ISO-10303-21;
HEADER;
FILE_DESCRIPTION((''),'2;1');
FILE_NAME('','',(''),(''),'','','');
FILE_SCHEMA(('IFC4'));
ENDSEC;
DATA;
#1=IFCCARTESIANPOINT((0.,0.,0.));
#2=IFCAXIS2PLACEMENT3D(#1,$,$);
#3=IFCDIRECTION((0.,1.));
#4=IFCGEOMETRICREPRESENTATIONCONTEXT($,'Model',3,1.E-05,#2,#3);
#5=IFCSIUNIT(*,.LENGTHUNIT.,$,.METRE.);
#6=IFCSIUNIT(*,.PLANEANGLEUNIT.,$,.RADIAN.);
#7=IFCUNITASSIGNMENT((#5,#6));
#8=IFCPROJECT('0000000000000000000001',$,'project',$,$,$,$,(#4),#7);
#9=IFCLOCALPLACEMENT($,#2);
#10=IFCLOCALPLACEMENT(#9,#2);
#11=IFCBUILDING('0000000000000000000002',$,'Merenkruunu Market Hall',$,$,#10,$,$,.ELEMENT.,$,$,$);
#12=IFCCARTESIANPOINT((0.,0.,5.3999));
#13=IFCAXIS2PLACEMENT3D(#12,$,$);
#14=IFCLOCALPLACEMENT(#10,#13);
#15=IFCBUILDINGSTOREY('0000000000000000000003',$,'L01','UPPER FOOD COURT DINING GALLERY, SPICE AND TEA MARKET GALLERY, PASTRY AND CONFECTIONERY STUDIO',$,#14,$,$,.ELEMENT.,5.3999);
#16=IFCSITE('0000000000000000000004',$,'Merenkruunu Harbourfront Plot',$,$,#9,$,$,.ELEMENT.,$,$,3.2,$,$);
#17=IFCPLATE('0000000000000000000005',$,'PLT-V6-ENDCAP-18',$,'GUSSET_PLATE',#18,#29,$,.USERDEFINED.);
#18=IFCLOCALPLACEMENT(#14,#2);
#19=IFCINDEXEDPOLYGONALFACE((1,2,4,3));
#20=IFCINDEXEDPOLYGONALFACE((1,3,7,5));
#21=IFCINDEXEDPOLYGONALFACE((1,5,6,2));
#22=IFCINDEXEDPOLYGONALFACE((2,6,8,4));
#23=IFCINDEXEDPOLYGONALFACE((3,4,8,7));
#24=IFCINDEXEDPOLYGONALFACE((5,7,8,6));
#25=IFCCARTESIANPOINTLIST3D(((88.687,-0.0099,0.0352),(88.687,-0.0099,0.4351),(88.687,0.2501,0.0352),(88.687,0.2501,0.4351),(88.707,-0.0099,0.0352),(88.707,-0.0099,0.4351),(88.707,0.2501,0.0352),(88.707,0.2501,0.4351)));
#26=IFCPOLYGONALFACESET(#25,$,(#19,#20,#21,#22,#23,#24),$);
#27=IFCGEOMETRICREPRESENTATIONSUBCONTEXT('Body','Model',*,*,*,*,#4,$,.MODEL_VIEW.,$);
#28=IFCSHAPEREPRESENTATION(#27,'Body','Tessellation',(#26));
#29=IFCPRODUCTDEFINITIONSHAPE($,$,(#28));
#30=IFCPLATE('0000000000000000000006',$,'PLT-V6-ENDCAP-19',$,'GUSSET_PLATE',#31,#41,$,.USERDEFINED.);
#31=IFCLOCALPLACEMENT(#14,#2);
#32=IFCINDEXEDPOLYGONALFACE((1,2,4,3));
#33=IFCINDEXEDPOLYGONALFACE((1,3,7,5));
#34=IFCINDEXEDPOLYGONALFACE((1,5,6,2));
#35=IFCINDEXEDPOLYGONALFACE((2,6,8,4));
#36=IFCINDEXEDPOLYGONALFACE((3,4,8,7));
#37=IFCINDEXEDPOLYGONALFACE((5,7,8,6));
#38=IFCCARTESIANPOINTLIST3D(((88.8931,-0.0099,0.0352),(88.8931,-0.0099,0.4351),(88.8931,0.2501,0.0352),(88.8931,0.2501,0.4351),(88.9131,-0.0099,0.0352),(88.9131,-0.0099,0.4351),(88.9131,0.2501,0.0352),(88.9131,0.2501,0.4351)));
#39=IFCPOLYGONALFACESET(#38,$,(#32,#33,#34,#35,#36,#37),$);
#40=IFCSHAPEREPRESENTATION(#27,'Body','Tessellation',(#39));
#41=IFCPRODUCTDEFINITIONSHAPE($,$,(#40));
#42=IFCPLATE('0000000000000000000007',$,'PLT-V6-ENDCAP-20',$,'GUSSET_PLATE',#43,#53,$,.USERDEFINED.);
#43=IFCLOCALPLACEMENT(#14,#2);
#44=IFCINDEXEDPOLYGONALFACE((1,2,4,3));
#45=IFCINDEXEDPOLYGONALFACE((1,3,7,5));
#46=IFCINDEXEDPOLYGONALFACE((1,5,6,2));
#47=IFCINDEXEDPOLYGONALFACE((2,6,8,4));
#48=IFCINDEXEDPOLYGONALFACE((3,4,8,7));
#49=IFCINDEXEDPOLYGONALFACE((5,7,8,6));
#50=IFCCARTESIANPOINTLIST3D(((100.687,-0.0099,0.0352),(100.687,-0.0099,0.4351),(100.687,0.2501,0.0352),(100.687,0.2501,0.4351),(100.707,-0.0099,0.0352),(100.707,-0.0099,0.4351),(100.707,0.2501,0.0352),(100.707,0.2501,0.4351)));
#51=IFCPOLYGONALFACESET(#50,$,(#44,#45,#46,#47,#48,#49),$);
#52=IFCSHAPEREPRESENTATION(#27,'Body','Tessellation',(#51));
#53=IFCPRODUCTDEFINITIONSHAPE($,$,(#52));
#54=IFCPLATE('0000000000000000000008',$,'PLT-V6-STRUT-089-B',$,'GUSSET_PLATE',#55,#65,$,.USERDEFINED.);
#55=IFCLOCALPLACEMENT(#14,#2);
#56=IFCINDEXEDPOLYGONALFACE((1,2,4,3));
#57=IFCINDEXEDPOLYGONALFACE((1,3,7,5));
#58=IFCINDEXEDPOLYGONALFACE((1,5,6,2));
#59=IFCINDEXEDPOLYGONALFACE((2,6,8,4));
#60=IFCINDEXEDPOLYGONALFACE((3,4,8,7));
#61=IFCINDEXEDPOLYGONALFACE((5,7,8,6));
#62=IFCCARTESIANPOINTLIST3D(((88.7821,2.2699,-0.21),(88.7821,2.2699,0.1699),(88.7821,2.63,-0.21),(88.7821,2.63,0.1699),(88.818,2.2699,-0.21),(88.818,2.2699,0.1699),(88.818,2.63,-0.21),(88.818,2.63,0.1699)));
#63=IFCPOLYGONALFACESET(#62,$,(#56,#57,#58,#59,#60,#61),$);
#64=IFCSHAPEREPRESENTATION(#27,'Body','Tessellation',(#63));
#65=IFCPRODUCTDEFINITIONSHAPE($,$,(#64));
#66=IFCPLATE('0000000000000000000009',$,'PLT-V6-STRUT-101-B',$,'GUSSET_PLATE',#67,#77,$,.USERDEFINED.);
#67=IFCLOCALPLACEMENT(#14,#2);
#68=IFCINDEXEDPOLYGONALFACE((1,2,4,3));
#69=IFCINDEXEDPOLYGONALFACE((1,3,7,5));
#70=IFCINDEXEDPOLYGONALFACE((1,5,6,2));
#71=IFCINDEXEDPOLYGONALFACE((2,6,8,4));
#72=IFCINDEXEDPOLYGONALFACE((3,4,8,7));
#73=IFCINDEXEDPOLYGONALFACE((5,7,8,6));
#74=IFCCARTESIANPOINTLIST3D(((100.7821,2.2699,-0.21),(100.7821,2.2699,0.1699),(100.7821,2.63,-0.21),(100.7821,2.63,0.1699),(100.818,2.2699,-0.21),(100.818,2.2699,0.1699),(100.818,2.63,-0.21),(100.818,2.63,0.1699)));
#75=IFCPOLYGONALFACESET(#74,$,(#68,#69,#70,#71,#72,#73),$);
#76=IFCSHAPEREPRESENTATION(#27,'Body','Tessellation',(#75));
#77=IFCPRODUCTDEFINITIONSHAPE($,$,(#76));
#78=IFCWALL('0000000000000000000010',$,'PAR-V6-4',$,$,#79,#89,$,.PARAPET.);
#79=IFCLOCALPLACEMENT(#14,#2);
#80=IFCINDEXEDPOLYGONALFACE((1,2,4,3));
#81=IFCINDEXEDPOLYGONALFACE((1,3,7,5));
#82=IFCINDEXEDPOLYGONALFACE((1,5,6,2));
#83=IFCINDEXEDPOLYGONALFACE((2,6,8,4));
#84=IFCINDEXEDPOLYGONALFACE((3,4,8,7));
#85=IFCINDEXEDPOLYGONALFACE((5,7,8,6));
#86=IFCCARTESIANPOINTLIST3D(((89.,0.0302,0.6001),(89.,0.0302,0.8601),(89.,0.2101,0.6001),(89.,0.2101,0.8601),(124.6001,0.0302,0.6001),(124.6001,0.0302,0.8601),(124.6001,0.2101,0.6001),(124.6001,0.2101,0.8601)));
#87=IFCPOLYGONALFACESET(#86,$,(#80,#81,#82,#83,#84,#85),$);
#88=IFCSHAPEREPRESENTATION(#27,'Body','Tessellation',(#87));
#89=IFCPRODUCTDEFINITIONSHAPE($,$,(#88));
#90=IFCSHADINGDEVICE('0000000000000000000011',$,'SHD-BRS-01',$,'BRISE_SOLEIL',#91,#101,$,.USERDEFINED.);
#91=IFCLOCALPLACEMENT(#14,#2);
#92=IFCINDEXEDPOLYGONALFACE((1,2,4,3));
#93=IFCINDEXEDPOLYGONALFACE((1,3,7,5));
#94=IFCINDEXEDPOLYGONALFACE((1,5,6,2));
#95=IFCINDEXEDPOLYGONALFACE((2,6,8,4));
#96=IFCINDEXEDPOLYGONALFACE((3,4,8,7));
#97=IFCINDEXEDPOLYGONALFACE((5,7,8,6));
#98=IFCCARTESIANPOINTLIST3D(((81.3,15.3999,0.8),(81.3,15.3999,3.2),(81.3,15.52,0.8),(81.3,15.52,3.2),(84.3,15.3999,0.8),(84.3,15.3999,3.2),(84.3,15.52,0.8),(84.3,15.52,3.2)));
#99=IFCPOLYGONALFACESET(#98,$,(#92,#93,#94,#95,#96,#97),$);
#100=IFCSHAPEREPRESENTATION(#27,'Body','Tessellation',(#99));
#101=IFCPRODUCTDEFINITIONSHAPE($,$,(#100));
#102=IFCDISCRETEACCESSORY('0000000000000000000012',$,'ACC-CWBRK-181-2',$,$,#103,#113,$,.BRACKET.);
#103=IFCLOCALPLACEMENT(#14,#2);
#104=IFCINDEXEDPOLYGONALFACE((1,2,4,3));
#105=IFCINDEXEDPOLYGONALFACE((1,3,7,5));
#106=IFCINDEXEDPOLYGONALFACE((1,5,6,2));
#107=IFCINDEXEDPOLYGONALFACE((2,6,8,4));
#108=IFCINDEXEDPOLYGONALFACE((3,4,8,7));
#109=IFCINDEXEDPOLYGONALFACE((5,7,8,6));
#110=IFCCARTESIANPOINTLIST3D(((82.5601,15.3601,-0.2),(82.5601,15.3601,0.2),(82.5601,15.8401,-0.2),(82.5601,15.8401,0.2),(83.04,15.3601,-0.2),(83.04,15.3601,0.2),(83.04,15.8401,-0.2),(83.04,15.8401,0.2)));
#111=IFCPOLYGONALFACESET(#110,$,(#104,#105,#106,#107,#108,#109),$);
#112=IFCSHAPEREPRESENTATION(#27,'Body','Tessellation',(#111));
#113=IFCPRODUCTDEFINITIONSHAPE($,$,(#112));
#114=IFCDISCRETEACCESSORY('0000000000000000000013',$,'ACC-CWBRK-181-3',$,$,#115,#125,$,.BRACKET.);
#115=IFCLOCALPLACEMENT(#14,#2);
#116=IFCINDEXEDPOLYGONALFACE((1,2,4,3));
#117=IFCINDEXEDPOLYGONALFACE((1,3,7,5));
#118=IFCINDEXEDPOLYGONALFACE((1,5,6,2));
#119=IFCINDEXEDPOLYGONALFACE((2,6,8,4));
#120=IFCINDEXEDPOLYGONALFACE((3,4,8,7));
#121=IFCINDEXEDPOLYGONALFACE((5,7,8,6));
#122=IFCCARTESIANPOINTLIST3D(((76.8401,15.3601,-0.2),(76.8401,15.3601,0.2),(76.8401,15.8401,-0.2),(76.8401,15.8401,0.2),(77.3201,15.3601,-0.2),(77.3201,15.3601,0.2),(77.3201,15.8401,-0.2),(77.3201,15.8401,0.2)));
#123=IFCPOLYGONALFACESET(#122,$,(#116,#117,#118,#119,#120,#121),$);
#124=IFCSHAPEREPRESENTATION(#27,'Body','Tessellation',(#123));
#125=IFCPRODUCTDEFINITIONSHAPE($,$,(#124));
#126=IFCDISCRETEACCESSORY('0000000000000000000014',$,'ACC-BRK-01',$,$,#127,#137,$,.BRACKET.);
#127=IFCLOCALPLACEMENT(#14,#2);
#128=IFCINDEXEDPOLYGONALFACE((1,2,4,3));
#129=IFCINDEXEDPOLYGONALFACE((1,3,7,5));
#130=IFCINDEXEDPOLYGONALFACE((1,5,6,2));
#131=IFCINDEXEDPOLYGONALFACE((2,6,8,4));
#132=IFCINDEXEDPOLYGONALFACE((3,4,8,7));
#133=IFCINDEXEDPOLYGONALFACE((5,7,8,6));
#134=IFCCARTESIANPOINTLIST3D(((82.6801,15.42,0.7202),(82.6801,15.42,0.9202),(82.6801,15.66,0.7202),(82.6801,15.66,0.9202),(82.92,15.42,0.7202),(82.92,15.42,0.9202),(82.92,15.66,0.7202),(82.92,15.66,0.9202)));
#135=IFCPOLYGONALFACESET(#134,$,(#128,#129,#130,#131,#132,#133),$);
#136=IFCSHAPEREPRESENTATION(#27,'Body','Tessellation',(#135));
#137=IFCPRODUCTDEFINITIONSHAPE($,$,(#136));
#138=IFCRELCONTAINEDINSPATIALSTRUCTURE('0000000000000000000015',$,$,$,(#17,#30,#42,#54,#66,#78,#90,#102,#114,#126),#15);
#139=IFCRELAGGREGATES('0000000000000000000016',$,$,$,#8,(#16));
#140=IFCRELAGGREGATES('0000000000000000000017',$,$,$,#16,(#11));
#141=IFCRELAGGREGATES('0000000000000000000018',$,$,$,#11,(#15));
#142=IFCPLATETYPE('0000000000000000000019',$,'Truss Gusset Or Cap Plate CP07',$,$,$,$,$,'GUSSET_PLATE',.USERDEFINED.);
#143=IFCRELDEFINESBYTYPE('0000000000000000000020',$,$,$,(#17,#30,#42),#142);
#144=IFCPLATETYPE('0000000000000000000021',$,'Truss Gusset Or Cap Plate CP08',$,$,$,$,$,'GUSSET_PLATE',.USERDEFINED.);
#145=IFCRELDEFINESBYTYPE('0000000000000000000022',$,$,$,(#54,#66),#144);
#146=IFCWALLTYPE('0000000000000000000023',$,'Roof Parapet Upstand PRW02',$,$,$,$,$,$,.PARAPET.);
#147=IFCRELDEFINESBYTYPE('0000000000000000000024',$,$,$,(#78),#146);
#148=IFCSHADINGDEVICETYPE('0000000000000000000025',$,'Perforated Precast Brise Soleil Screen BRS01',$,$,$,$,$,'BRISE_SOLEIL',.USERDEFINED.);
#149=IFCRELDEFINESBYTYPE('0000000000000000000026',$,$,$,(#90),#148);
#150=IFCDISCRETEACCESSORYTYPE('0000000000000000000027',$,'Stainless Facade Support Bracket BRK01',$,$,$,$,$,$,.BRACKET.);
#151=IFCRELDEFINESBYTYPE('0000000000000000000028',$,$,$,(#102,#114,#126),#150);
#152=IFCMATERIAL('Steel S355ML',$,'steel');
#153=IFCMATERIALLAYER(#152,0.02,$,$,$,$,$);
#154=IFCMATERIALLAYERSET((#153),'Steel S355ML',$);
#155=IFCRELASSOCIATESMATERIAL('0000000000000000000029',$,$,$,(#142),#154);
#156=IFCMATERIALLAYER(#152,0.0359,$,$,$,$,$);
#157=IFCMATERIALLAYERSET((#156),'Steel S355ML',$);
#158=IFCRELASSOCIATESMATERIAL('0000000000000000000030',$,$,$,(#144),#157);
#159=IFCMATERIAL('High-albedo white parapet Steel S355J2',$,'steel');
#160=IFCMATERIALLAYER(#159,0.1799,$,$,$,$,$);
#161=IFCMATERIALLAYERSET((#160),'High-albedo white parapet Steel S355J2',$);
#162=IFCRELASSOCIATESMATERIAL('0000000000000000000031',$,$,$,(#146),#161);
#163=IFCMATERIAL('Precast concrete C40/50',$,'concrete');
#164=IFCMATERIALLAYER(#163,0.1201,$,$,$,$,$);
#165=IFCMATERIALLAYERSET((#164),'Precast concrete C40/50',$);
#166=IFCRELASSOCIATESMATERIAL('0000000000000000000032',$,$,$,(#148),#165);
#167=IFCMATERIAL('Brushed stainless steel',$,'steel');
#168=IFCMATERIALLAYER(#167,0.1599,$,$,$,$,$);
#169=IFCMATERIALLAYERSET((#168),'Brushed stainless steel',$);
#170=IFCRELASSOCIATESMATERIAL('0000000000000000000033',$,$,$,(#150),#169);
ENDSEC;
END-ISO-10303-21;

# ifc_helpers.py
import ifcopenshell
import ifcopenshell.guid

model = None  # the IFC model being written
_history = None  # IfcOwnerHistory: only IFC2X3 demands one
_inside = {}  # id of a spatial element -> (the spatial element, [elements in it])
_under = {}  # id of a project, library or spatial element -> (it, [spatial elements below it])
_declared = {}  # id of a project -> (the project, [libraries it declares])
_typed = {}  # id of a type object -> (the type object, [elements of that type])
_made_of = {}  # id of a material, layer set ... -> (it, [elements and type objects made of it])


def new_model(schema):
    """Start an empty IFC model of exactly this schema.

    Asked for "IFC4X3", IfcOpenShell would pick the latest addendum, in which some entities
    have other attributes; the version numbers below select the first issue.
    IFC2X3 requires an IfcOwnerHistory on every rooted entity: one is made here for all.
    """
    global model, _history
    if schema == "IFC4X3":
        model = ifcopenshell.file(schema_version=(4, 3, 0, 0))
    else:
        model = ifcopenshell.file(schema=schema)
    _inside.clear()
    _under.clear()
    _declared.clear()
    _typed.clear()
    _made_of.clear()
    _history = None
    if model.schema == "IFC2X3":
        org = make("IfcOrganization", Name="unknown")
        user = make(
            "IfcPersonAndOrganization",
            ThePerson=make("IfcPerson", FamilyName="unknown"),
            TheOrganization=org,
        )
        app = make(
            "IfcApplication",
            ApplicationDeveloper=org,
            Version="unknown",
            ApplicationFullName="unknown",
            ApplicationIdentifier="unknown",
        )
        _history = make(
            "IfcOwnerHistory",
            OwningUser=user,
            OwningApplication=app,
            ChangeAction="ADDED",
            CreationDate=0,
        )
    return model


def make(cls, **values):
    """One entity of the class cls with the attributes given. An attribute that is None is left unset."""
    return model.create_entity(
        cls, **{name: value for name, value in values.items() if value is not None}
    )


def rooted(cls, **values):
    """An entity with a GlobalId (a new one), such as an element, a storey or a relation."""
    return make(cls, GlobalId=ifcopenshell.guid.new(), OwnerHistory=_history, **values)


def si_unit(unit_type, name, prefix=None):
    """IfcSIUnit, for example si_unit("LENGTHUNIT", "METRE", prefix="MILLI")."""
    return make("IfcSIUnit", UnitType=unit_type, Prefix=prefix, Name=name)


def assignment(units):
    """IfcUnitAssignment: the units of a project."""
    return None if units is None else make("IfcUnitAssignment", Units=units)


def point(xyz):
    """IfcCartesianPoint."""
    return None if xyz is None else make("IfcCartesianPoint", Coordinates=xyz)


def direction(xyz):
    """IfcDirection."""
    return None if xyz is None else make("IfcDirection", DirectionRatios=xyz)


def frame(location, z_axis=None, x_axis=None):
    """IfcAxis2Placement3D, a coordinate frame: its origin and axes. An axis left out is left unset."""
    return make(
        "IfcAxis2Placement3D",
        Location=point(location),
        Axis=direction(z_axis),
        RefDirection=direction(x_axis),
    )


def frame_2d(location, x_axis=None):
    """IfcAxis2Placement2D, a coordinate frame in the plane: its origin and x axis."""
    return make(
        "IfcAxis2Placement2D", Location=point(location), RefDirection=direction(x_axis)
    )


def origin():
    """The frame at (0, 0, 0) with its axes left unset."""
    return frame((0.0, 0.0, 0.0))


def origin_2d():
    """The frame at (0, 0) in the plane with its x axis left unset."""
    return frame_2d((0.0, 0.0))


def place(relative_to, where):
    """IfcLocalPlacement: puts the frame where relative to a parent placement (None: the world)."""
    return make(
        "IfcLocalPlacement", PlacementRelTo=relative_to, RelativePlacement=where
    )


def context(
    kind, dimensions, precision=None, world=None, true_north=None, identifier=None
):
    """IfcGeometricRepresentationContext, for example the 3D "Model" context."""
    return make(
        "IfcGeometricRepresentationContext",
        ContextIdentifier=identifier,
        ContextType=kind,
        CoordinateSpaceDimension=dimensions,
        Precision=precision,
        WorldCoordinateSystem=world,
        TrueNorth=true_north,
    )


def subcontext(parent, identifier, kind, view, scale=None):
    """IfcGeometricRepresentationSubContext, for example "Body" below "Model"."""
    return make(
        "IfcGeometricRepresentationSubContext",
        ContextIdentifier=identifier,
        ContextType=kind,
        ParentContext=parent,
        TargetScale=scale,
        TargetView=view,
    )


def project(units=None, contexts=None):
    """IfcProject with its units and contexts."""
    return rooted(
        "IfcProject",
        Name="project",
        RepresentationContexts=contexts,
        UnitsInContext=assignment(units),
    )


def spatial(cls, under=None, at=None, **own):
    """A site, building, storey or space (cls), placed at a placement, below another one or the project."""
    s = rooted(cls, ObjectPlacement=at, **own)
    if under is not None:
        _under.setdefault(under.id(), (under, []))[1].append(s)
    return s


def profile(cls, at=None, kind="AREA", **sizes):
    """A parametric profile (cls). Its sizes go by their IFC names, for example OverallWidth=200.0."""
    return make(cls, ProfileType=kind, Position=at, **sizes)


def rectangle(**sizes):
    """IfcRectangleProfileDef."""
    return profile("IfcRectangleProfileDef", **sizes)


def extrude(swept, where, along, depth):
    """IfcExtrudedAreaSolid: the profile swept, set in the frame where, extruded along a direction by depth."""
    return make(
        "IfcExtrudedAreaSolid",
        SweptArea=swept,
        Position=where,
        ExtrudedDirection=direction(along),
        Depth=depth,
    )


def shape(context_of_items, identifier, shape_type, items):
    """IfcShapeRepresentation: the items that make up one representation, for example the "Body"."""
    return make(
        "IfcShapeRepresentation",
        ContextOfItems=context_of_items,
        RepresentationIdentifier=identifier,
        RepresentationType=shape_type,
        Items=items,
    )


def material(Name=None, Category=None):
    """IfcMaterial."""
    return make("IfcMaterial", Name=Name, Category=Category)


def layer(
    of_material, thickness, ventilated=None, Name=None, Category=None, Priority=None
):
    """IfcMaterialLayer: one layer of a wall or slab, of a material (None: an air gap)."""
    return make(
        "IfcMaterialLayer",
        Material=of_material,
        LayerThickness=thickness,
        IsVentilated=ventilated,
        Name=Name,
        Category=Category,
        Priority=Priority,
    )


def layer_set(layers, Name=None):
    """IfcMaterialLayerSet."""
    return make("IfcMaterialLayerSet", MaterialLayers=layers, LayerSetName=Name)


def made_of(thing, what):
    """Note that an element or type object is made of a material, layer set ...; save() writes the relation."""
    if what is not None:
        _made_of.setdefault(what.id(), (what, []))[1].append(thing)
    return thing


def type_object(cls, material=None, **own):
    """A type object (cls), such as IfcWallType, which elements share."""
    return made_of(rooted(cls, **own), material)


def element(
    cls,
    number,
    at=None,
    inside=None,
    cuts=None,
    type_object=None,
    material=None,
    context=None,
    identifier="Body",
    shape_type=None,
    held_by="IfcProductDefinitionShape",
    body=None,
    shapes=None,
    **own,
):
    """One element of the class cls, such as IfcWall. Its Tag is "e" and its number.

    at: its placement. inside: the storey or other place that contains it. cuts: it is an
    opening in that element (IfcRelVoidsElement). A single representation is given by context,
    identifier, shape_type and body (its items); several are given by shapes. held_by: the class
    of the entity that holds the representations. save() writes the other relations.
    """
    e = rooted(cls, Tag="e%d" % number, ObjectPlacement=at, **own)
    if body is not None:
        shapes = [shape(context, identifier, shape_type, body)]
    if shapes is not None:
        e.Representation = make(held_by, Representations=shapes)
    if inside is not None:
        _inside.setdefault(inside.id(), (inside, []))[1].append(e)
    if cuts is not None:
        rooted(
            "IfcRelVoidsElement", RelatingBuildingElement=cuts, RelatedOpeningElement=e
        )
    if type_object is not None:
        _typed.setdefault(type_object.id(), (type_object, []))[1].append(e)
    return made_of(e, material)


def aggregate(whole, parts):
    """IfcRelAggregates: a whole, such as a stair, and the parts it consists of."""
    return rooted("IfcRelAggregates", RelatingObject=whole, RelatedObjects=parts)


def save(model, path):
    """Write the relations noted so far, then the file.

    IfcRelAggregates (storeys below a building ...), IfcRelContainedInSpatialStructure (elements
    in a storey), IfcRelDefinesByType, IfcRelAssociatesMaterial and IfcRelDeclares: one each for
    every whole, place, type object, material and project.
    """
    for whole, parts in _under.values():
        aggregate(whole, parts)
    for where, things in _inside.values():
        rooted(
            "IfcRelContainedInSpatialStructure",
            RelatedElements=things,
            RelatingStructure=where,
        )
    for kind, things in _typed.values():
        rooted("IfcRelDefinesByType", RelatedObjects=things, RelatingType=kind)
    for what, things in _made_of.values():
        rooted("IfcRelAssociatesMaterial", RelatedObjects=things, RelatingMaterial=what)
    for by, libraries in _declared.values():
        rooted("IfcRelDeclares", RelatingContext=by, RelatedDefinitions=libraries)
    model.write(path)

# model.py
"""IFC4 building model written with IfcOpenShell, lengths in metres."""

from ifc_helpers import new_model, si_unit, direction, frame, frame_2d, origin, origin_2d, place, context, subcontext, project, spatial, rectangle, extrude, material, layer, layer_set, type_object, element, save


model = new_model("IFC4")

# Units and contexts
model_context = context("Model", 3, precision=1e-05, world=origin(), true_north=direction((0.0, 1.0)))
body_context = subcontext(model_context, "Body", "Model", "MODEL_VIEW")
ifc_project = project(units=[si_unit("LENGTHUNIT", "METRE"), si_unit("PLANEANGLEUNIT", "RADIAN")], contexts=[model_context])

# Site, building, storey
site_placement = place(None, origin())
site = spatial("IfcSite", under=ifc_project, at=site_placement, Name="Merenkruunu Harbourfront Plot", CompositionType="ELEMENT", RefElevation=3.2)
building_placement = place(site_placement, origin())
building = spatial("IfcBuilding", under=site, at=building_placement, Name="Merenkruunu Market Hall", CompositionType="ELEMENT")
storey_placement = place(building_placement, frame((0.0, 0.0, 5.3999)))
storey = spatial("IfcBuildingStorey", under=building, at=storey_placement, Name="L01", Description="UPPER FOOD COURT DINING GALLERY, SPICE AND TEA MARKET GALLERY, PASTRY AND CONFECTIONERY STUDIO", CompositionType="ELEMENT", Elevation=5.3999)

# Shared definitions
ifc_material_1 = material(Name="Steel S355ML", Category="steel")

# Plates
ifc_layer_1 = layer(ifc_material_1, 0.02)
ifc_layer_set_1 = layer_set([ifc_layer_1], Name="Steel S355ML")
plate_type_1 = type_object("IfcPlateType", Name="Truss Gusset Or Cap Plate CP07", ElementType="GUSSET_PLATE", PredefinedType="USERDEFINED", material=ifc_layer_set_1)
for number, where, z_axis, x_axis, name in (
    (1, (88.697, 0.1201, 0.0352), (0.0, 0.0, 1.0), (1.0, 0.0, 0.0), "PLT-V6-ENDCAP-18"),
    (2, (88.9031, 0.1201, 0.0352), (0.0, 0.0, 1.0), (1.0, 0.0, 0.0), "PLT-V6-ENDCAP-19"),
    (3, (100.697, 0.1201, 0.0352), (0.0, 0.0, 1.0), (1.0, 0.0, 0.0), "PLT-V6-ENDCAP-20"),
):
    element("IfcPlate", number, at=place(storey_placement, frame(where, z_axis=z_axis, x_axis=x_axis)), inside=storey, type_object=plate_type_1, Name=name, ObjectType="GUSSET_PLATE", PredefinedType="USERDEFINED", context=body_context, shape_type="SweptSolid", body=[
        extrude(rectangle(XDim=0.02, YDim=0.26, at=origin_2d()), origin(), (0.0, 0.0, 1.0), 0.3999),
    ])
ifc_layer_2 = layer(ifc_material_1, 0.0359)
ifc_layer_set_2 = layer_set([ifc_layer_2], Name="Steel S355ML")
plate_type_2 = type_object("IfcPlateType", Name="Truss Gusset Or Cap Plate CP08", ElementType="GUSSET_PLATE", PredefinedType="USERDEFINED", material=ifc_layer_set_2)
for number, where, z_axis, x_axis, name in (
    (4, (88.8, 2.45, -0.21), (0.0, 0.0, 1.0), (1.0, 0.0, 0.0), "PLT-V6-STRUT-089-B"),
    (5, (100.8, 2.45, -0.21), (0.0, 0.0, 1.0), (1.0, 0.0, 0.0), "PLT-V6-STRUT-101-B"),
):
    element("IfcPlate", number, at=place(storey_placement, frame(where, z_axis=z_axis, x_axis=x_axis)), inside=storey, type_object=plate_type_2, Name=name, ObjectType="GUSSET_PLATE", PredefinedType="USERDEFINED", context=body_context, shape_type="SweptSolid", body=[
        extrude(rectangle(XDim=0.0359, YDim=0.3601, at=origin_2d()), origin(), (0.0, 0.0, 1.0), 0.3799),
    ])

# Wall
ifc_material_2 = material(Name="High-albedo white parapet Steel S355J2", Category="steel")
ifc_layer_3 = layer(ifc_material_2, 0.1799)
ifc_layer_set_3 = layer_set([ifc_layer_3], Name="High-albedo white parapet Steel S355J2")
wall_type = type_object("IfcWallType", Name="Roof Parapet Upstand PRW02", PredefinedType="PARAPET", material=ifc_layer_set_3)
wall_placement = place(storey_placement, frame((89.0, 0.1201, 0.6001), z_axis=(0.0, 0.0, 1.0), x_axis=(1.0, 0.0, 0.0)))
element("IfcWall", 6, at=wall_placement, inside=storey, type_object=wall_type, Name="PAR-V6-4", PredefinedType="PARAPET", context=body_context, shape_type="SweptSolid", body=[
    extrude(rectangle(XDim=35.6001, YDim=0.1799, at=frame_2d((17.8, 0.0))), origin(), (0.0, 0.0, 1.0), 0.26),
])

# Shading device
ifc_material_3 = material(Name="Precast concrete C40/50", Category="concrete")
ifc_layer_4 = layer(ifc_material_3, 0.1201)
ifc_layer_set_4 = layer_set([ifc_layer_4], Name="Precast concrete C40/50")
shading_device_type = type_object("IfcShadingDeviceType", Name="Perforated Precast Brise Soleil Screen BRS01", ElementType="BRISE_SOLEIL", PredefinedType="USERDEFINED", material=ifc_layer_set_4)
shading_device_placement = place(storey_placement, frame((82.8, 15.46, 0.8), z_axis=(0.0, 0.0, 1.0), x_axis=(1.0, 0.0, 0.0)))
element("IfcShadingDevice", 7, at=shading_device_placement, inside=storey, type_object=shading_device_type, Name="SHD-BRS-01", ObjectType="BRISE_SOLEIL", PredefinedType="USERDEFINED", context=body_context, shape_type="SweptSolid", body=[
    extrude(rectangle(XDim=3.0, YDim=0.1201, at=origin_2d()), origin(), (0.0, 0.0, 1.0), 2.3999),
])

# Discrete accessories
ifc_material_4 = material(Name="Brushed stainless steel", Category="steel")
ifc_layer_5 = layer(ifc_material_4, 0.1599)
ifc_layer_set_5 = layer_set([ifc_layer_5], Name="Brushed stainless steel")
discrete_accessory_type = type_object("IfcDiscreteAccessoryType", Name="Stainless Facade Support Bracket BRK01", PredefinedType="BRACKET", material=ifc_layer_set_5)
for number, where, z_axis, x_axis, name in (
    (8, (82.8, 15.6001, -0.2), (0.0, 0.0, 1.0), (1.0, 0.0, 0.0), "ACC-CWBRK-181-2"),
    (9, (77.0801, 15.6001, -0.2), (0.0, 0.0, 1.0), (1.0, 0.0, 0.0), "ACC-CWBRK-181-3"),
):
    element("IfcDiscreteAccessory", number, at=place(storey_placement, frame(where, z_axis=z_axis, x_axis=x_axis)), inside=storey, type_object=discrete_accessory_type, Name=name, PredefinedType="BRACKET", context=body_context, shape_type="SweptSolid", body=[
        extrude(rectangle(XDim=0.48, YDim=0.48, at=origin_2d()), origin(), (0.0, 0.0, 1.0), 0.3999),
    ])
discrete_accessory_placement = place(storey_placement, frame((82.8, 15.54, 0.7202), z_axis=(0.0, 0.0, 1.0), x_axis=(1.0, 0.0, 0.0)))
element("IfcDiscreteAccessory", 10, at=discrete_accessory_placement, inside=storey, type_object=discrete_accessory_type, Name="ACC-BRK-01", PredefinedType="BRACKET", context=body_context, shape_type="SweptSolid", body=[
    extrude(rectangle(XDim=0.24, YDim=0.24, at=origin_2d()), origin(), (0.0, 0.0, 1.0), 0.2),
])

save(model, "model.ifc")
